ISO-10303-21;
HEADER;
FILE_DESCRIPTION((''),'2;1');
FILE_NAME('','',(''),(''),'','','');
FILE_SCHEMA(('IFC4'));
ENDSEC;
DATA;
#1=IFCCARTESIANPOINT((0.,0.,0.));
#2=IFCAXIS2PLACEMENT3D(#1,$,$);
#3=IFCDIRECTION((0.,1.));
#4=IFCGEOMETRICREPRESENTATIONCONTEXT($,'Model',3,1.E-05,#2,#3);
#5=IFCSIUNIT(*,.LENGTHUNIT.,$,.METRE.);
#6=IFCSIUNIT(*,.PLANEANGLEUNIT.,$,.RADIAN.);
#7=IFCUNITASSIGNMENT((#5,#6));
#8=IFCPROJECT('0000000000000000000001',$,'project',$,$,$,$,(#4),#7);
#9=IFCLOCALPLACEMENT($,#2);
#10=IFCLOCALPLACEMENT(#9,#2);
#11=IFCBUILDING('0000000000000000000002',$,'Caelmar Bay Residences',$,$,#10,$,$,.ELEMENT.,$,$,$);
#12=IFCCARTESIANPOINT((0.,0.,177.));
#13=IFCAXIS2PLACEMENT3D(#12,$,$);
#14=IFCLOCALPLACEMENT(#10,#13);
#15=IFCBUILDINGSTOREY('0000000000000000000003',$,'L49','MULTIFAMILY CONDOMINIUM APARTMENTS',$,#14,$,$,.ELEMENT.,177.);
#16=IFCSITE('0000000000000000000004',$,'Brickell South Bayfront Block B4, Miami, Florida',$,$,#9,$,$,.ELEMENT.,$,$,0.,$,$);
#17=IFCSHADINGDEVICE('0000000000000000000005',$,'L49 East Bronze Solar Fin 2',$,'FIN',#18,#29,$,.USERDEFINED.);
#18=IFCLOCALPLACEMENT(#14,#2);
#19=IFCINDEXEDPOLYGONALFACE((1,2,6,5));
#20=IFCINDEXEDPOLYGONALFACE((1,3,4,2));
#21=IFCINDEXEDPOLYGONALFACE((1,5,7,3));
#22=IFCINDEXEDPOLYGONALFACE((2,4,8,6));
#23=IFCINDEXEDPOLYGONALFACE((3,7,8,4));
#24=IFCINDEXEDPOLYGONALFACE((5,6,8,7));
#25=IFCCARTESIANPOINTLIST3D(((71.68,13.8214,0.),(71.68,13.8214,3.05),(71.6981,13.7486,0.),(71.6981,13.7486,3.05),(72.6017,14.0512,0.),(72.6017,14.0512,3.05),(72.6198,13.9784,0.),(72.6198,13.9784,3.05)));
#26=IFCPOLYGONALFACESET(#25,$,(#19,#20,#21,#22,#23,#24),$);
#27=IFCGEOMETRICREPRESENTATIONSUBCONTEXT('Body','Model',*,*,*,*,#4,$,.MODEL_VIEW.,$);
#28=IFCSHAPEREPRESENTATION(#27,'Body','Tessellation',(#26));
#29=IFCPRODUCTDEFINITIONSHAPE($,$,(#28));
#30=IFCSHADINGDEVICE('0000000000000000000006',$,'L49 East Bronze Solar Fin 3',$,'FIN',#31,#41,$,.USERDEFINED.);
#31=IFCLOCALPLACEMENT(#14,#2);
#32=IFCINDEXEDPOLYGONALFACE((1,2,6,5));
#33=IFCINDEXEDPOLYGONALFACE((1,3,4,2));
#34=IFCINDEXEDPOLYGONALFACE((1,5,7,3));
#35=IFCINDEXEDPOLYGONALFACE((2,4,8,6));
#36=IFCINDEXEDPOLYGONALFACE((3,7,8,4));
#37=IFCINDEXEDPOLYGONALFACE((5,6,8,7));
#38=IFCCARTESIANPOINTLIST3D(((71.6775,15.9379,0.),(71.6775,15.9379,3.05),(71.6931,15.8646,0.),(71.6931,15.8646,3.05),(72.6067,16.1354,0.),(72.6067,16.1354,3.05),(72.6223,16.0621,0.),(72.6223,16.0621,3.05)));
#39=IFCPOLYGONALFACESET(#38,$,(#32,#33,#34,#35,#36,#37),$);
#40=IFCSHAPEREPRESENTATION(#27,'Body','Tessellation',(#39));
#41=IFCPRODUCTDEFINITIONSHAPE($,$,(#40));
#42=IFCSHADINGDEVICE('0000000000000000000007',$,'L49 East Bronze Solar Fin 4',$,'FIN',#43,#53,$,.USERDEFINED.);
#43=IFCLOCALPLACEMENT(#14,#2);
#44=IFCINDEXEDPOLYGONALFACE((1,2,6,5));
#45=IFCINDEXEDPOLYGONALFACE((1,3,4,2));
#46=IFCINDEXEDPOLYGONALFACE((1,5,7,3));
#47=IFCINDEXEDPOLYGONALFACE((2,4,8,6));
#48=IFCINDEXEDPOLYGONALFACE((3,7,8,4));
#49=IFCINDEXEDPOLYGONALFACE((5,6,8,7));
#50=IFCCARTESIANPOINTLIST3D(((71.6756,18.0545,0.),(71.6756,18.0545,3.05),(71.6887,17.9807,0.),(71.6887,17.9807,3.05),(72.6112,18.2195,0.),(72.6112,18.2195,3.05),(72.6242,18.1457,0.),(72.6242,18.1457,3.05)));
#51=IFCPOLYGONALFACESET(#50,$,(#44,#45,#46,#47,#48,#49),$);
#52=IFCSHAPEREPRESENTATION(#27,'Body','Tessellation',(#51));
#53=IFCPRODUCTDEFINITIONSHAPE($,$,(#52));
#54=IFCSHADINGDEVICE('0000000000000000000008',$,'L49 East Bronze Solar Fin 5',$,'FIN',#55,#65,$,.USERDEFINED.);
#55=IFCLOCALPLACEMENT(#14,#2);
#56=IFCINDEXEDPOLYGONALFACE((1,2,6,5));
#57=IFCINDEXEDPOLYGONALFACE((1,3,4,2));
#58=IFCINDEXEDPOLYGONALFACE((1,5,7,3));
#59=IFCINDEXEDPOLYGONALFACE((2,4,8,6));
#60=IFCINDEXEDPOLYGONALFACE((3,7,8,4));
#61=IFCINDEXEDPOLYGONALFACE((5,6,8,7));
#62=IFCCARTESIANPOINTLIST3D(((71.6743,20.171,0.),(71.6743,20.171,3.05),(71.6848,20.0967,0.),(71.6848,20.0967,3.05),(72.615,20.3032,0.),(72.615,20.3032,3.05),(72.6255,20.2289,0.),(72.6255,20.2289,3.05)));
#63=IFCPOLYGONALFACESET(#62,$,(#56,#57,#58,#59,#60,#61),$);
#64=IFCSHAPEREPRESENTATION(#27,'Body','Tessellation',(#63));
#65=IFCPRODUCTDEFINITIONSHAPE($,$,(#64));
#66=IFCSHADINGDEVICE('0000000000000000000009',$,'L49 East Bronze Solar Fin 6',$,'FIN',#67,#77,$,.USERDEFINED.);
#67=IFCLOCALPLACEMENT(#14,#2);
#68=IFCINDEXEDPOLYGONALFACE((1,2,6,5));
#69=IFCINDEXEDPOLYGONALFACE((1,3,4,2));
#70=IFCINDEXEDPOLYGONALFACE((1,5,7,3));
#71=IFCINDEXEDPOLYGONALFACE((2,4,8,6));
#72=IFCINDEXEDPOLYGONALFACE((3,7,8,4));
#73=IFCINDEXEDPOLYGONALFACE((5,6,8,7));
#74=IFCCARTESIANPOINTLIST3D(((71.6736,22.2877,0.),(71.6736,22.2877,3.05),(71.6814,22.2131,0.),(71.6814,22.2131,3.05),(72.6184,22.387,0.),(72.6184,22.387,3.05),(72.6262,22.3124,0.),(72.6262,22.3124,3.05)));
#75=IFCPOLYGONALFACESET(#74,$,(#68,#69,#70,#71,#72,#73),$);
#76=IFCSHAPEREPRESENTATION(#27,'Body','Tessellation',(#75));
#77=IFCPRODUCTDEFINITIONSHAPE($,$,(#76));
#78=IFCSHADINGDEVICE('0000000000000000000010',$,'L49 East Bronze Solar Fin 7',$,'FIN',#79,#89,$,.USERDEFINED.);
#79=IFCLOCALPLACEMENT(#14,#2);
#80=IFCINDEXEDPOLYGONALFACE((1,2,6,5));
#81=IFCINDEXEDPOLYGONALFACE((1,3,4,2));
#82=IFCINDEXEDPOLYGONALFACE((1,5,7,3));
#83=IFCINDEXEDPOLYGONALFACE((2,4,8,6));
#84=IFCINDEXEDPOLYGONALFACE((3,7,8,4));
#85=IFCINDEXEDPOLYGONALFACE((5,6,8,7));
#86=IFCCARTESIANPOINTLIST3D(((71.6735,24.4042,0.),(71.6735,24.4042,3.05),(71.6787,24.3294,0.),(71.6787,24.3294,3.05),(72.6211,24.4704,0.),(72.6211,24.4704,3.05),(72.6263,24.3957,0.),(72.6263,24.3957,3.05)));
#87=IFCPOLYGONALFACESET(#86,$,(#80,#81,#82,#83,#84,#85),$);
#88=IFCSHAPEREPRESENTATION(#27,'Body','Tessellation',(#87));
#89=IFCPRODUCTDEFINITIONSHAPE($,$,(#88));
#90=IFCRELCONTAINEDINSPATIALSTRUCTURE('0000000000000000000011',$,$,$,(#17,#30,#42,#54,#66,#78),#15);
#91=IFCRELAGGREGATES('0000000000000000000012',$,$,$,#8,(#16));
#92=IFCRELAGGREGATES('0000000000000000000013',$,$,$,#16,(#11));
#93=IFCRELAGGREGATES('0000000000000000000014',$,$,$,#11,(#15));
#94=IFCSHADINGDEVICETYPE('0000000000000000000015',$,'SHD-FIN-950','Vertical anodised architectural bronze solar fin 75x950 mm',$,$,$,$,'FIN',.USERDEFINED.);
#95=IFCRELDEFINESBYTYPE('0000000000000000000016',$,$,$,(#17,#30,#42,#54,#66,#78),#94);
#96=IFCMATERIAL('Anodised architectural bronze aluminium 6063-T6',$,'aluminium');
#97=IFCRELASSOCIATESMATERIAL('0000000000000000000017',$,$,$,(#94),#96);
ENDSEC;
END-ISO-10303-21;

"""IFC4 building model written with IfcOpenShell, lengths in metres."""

from ifc_helpers import new_model, si_unit, direction, frame, origin, origin_2d, place, context, subcontext, project, spatial, rectangle, extrude, material, material_profile, profile_set, type_object, element, save


model = new_model("IFC4")

# Units and contexts
model_context = context("Model", 3, precision=1e-05, world=origin(), true_north=direction((0.0, 1.0)))
body_context = subcontext(model_context, "Body", "Model", "MODEL_VIEW")
ifc_project = project(units=[si_unit("LENGTHUNIT", "METRE"), si_unit("PLANEANGLEUNIT", "RADIAN")], contexts=[model_context])

# Site, building, storey
site_placement = place(None, origin())
site = spatial("IfcSite", under=ifc_project, at=site_placement, Name="Brickell South Bayfront Block B4, Miami, Florida", CompositionType="ELEMENT", RefElevation=0.0)
building_placement = place(site_placement, origin())
building = spatial("IfcBuilding", under=site, at=building_placement, Name="Caelmar Bay Residences", CompositionType="ELEMENT")
storey_placement = place(building_placement, frame((0.0, 0.0, 177.0)))
storey = spatial("IfcBuildingStorey", under=building, at=storey_placement, Name="L49", Description="MULTIFAMILY CONDOMINIUM APARTMENTS", CompositionType="ELEMENT", Elevation=177.0)

# Shading devices
ifc_material_1 = material(Name="Anodised architectural bronze aluminium 6063-T6", Category="aluminium")
ifc_material_profile_1 = material_profile(ifc_material_1, rectangle(XDim=0.075, YDim=0.95, at=origin_2d()), Name="BRONZE-FIN-75X950")
ifc_profile_set_1 = profile_set([ifc_material_profile_1], Name="Anodised architectural bronze aluminium 6063-T6")
shading_device_type = type_object("IfcShadingDeviceType", Name="SHD-FIN-950", Description="Vertical anodised architectural bronze solar fin 75x950 mm", ElementType="FIN", PredefinedType="USERDEFINED", material=ifc_profile_set_1)
for number, where, z_axis, x_axis, name in (
    (1, (72.1499, 13.8999, 0.0), (0.0, 0.0, 1.0), (-0.241922, 0.970296, 0.0), "L49 East Bronze Solar Fin 2"),
    (2, (72.1499, 16.0, 0.0), (0.0, 0.0, 1.0), (-0.207912, 0.978148, 0.0), "L49 East Bronze Solar Fin 3"),
    (3, (72.1499, 18.1001, 0.0), (0.0, 0.0, 1.0), (-0.173648, 0.984808, 0.0), "L49 East Bronze Solar Fin 4"),
    (4, (72.1499, 20.2, 0.0), (0.0, 0.0, 1.0), (-0.139173, 0.990268, 0.0), "L49 East Bronze Solar Fin 5"),
    (5, (72.1499, 22.3, 0.0), (0.0, 0.0, 1.0), (-0.104528, 0.994522, 0.0), "L49 East Bronze Solar Fin 6"),
    (6, (72.1499, 24.3999, 0.0), (0.0, 0.0, 1.0), (-0.069756, 0.997564, 0.0), "L49 East Bronze Solar Fin 7"),
):
    element("IfcShadingDevice", number, at=place(storey_placement, frame(where, z_axis=z_axis, x_axis=x_axis)), inside=storey, type_object=shading_device_type, Name=name, ObjectType="FIN", PredefinedType="USERDEFINED", context=body_context, shape_type="SweptSolid", body=[
        extrude(rectangle(XDim=0.075, YDim=0.95, at=origin_2d()), origin(), (0.0, 0.0, 1.0), 3.05),
    ])

save(model, "model.ifc")
